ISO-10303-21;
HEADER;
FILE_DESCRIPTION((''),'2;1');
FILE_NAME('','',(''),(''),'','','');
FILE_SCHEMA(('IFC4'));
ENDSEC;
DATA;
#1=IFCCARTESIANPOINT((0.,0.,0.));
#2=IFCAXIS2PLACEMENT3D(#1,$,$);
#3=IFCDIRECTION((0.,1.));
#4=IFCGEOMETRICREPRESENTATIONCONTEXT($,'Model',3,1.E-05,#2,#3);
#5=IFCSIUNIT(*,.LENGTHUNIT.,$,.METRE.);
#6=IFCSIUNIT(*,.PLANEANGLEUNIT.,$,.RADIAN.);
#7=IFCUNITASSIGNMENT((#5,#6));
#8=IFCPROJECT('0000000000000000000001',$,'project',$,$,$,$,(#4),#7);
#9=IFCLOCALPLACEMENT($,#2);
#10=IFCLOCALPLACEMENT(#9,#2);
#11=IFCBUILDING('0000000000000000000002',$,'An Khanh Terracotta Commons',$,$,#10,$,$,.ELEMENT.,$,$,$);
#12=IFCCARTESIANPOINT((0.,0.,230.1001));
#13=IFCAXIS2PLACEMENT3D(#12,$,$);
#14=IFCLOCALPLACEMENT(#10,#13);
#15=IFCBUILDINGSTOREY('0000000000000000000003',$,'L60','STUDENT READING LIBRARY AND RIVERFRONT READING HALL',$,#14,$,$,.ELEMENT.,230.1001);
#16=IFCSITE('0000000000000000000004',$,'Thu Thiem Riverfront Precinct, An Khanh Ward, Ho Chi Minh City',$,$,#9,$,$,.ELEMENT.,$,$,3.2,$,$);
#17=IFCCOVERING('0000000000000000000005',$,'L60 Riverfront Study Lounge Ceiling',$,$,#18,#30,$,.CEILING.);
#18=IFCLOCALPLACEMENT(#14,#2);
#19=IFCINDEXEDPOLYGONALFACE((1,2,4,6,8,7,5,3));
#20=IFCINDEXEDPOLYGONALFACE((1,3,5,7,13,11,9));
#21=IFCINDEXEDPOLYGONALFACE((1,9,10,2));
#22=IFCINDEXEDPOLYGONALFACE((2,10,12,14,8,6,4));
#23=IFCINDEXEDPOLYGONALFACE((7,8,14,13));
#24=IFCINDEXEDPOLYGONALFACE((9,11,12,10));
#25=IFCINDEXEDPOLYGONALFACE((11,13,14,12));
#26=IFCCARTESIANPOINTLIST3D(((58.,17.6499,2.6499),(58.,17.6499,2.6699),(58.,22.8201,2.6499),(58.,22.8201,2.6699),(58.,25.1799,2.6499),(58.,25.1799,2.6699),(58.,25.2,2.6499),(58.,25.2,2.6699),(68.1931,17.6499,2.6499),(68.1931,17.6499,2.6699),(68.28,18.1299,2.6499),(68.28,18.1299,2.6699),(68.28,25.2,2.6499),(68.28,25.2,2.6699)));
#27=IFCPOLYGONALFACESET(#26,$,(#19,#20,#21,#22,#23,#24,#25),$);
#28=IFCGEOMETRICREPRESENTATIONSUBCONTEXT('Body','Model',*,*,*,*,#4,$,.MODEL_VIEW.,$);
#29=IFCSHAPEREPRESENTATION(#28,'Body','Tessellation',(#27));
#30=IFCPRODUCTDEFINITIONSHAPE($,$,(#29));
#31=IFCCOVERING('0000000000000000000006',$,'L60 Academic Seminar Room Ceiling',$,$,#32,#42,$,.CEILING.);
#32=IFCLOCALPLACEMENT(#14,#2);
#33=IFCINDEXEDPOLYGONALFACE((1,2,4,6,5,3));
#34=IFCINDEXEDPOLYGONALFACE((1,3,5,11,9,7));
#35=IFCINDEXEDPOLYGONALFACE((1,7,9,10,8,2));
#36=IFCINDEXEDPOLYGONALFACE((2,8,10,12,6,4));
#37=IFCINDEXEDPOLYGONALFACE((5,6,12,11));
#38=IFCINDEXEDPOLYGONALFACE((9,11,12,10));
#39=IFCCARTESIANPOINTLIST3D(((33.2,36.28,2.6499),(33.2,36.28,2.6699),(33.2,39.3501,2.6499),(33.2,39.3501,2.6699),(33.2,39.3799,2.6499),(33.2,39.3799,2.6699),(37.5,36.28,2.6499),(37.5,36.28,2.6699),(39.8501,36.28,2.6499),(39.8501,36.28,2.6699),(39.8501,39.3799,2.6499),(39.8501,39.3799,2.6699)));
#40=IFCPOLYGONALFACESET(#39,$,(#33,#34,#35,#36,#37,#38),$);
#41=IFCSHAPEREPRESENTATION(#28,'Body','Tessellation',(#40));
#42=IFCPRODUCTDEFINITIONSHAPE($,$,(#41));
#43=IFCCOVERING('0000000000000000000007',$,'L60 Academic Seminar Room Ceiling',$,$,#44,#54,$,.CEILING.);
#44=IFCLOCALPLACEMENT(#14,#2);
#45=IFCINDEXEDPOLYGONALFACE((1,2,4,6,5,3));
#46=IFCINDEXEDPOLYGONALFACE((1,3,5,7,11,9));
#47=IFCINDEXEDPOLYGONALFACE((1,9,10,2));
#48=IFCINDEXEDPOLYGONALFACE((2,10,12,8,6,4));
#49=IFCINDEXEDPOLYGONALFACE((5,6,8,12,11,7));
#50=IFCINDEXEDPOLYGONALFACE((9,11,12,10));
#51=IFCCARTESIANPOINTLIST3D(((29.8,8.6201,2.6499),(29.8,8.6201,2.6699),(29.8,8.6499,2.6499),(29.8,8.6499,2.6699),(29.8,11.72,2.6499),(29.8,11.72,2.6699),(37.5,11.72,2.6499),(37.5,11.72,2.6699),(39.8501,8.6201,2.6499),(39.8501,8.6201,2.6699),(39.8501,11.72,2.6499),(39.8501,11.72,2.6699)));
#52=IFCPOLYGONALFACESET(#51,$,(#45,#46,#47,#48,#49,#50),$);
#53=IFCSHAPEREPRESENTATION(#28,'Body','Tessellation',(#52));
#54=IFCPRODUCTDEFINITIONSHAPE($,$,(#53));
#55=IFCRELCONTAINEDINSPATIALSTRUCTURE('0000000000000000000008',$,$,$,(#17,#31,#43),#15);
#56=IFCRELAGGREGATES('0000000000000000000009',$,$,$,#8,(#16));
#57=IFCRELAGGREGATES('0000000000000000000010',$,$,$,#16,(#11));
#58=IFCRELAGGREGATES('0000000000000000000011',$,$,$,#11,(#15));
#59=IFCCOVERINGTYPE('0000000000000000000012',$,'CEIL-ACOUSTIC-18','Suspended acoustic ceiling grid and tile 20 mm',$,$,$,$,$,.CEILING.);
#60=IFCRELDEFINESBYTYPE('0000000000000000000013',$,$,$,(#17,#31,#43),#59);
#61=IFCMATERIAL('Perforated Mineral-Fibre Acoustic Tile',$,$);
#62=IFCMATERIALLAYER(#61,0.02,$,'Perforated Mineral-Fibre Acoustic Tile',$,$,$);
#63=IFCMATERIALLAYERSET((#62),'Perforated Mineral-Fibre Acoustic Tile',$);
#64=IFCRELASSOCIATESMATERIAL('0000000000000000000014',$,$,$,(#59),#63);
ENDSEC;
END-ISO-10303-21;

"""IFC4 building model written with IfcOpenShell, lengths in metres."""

from ifc_helpers import new_model, si_unit, direction, frame, origin, place, context, subcontext, project, spatial, polyline, outline, extrude, material, layer, layer_set, type_object, element, save


model = new_model("IFC4")

# Units and contexts
model_context = context("Model", 3, precision=1e-05, world=origin(), true_north=direction((0.0, 1.0)))
body_context = subcontext(model_context, "Body", "Model", "MODEL_VIEW")
ifc_project = project(units=[si_unit("LENGTHUNIT", "METRE"), si_unit("PLANEANGLEUNIT", "RADIAN")], contexts=[model_context])

# Site, building, storey
site_placement = place(None, origin())
site = spatial("IfcSite", under=ifc_project, at=site_placement, Name="Thu Thiem Riverfront Precinct, An Khanh Ward, Ho Chi Minh City", CompositionType="ELEMENT", RefElevation=3.2)
building_placement = place(site_placement, origin())
building = spatial("IfcBuilding", under=site, at=building_placement, Name="An Khanh Terracotta Commons", CompositionType="ELEMENT")
storey_placement = place(building_placement, frame((0.0, 0.0, 230.1001)))
storey = spatial("IfcBuildingStorey", under=building, at=storey_placement, Name="L60", Description="STUDENT READING LIBRARY AND RIVERFRONT READING HALL", CompositionType="ELEMENT", Elevation=230.1001)

# Coverings
ifc_material_1 = material(Name="Perforated Mineral-Fibre Acoustic Tile")
ifc_layer_1 = layer(ifc_material_1, 0.02, Name="Perforated Mineral-Fibre Acoustic Tile")
ifc_layer_set_1 = layer_set([ifc_layer_1], Name="Perforated Mineral-Fibre Acoustic Tile")
covering_type = type_object("IfcCoveringType", Name="CEIL-ACOUSTIC-18", Description="Suspended acoustic ceiling grid and tile 20 mm", PredefinedType="CEILING", material=ifc_layer_set_1)
covering_1_placement = place(storey_placement, frame((0.0, 0.0, 2.6499)))
element("IfcCovering", 1, at=covering_1_placement, inside=storey, type_object=covering_type, Name="L60 Riverfront Study Lounge Ceiling", PredefinedType="CEILING", context=body_context, shape_type="SweptSolid", body=[
    extrude(outline(polyline([(68.28, 18.1299), (68.1931, 17.6499), (58.0, 17.6499), (58.0, 22.8201), (58.0, 25.1799), (58.0, 25.2), (68.28, 25.2), (68.28, 18.1299)])), origin(), (0.0, 0.0, 1.0), 0.02),
])
covering_2_placement = place(storey_placement, frame((0.0, 0.0, 2.6499)))
element("IfcCovering", 2, at=covering_2_placement, inside=storey, type_object=covering_type, Name="L60 Academic Seminar Room Ceiling", PredefinedType="CEILING", context=body_context, shape_type="SweptSolid", body=[
    extrude(outline(polyline([(39.8501, 39.3799), (39.8501, 36.28), (37.5, 36.28), (33.2, 36.28), (33.2, 39.3501), (33.2, 39.3799), (39.8501, 39.3799)])), origin(), (0.0, 0.0, 1.0), 0.02),
])
covering_3_placement = place(storey_placement, frame((0.0, 0.0, 2.6499)))
element("IfcCovering", 3, at=covering_3_placement, inside=storey, type_object=covering_type, Name="L60 Academic Seminar Room Ceiling", PredefinedType="CEILING", context=body_context, shape_type="SweptSolid", body=[
    extrude(outline(polyline([(29.8, 8.6201), (29.8, 8.6499), (29.8, 11.72), (37.5, 11.72), (39.8501, 11.72), (39.8501, 8.6201), (29.8, 8.6201)])), origin(), (0.0, 0.0, 1.0), 0.02),
])

save(model, "model.ifc")
